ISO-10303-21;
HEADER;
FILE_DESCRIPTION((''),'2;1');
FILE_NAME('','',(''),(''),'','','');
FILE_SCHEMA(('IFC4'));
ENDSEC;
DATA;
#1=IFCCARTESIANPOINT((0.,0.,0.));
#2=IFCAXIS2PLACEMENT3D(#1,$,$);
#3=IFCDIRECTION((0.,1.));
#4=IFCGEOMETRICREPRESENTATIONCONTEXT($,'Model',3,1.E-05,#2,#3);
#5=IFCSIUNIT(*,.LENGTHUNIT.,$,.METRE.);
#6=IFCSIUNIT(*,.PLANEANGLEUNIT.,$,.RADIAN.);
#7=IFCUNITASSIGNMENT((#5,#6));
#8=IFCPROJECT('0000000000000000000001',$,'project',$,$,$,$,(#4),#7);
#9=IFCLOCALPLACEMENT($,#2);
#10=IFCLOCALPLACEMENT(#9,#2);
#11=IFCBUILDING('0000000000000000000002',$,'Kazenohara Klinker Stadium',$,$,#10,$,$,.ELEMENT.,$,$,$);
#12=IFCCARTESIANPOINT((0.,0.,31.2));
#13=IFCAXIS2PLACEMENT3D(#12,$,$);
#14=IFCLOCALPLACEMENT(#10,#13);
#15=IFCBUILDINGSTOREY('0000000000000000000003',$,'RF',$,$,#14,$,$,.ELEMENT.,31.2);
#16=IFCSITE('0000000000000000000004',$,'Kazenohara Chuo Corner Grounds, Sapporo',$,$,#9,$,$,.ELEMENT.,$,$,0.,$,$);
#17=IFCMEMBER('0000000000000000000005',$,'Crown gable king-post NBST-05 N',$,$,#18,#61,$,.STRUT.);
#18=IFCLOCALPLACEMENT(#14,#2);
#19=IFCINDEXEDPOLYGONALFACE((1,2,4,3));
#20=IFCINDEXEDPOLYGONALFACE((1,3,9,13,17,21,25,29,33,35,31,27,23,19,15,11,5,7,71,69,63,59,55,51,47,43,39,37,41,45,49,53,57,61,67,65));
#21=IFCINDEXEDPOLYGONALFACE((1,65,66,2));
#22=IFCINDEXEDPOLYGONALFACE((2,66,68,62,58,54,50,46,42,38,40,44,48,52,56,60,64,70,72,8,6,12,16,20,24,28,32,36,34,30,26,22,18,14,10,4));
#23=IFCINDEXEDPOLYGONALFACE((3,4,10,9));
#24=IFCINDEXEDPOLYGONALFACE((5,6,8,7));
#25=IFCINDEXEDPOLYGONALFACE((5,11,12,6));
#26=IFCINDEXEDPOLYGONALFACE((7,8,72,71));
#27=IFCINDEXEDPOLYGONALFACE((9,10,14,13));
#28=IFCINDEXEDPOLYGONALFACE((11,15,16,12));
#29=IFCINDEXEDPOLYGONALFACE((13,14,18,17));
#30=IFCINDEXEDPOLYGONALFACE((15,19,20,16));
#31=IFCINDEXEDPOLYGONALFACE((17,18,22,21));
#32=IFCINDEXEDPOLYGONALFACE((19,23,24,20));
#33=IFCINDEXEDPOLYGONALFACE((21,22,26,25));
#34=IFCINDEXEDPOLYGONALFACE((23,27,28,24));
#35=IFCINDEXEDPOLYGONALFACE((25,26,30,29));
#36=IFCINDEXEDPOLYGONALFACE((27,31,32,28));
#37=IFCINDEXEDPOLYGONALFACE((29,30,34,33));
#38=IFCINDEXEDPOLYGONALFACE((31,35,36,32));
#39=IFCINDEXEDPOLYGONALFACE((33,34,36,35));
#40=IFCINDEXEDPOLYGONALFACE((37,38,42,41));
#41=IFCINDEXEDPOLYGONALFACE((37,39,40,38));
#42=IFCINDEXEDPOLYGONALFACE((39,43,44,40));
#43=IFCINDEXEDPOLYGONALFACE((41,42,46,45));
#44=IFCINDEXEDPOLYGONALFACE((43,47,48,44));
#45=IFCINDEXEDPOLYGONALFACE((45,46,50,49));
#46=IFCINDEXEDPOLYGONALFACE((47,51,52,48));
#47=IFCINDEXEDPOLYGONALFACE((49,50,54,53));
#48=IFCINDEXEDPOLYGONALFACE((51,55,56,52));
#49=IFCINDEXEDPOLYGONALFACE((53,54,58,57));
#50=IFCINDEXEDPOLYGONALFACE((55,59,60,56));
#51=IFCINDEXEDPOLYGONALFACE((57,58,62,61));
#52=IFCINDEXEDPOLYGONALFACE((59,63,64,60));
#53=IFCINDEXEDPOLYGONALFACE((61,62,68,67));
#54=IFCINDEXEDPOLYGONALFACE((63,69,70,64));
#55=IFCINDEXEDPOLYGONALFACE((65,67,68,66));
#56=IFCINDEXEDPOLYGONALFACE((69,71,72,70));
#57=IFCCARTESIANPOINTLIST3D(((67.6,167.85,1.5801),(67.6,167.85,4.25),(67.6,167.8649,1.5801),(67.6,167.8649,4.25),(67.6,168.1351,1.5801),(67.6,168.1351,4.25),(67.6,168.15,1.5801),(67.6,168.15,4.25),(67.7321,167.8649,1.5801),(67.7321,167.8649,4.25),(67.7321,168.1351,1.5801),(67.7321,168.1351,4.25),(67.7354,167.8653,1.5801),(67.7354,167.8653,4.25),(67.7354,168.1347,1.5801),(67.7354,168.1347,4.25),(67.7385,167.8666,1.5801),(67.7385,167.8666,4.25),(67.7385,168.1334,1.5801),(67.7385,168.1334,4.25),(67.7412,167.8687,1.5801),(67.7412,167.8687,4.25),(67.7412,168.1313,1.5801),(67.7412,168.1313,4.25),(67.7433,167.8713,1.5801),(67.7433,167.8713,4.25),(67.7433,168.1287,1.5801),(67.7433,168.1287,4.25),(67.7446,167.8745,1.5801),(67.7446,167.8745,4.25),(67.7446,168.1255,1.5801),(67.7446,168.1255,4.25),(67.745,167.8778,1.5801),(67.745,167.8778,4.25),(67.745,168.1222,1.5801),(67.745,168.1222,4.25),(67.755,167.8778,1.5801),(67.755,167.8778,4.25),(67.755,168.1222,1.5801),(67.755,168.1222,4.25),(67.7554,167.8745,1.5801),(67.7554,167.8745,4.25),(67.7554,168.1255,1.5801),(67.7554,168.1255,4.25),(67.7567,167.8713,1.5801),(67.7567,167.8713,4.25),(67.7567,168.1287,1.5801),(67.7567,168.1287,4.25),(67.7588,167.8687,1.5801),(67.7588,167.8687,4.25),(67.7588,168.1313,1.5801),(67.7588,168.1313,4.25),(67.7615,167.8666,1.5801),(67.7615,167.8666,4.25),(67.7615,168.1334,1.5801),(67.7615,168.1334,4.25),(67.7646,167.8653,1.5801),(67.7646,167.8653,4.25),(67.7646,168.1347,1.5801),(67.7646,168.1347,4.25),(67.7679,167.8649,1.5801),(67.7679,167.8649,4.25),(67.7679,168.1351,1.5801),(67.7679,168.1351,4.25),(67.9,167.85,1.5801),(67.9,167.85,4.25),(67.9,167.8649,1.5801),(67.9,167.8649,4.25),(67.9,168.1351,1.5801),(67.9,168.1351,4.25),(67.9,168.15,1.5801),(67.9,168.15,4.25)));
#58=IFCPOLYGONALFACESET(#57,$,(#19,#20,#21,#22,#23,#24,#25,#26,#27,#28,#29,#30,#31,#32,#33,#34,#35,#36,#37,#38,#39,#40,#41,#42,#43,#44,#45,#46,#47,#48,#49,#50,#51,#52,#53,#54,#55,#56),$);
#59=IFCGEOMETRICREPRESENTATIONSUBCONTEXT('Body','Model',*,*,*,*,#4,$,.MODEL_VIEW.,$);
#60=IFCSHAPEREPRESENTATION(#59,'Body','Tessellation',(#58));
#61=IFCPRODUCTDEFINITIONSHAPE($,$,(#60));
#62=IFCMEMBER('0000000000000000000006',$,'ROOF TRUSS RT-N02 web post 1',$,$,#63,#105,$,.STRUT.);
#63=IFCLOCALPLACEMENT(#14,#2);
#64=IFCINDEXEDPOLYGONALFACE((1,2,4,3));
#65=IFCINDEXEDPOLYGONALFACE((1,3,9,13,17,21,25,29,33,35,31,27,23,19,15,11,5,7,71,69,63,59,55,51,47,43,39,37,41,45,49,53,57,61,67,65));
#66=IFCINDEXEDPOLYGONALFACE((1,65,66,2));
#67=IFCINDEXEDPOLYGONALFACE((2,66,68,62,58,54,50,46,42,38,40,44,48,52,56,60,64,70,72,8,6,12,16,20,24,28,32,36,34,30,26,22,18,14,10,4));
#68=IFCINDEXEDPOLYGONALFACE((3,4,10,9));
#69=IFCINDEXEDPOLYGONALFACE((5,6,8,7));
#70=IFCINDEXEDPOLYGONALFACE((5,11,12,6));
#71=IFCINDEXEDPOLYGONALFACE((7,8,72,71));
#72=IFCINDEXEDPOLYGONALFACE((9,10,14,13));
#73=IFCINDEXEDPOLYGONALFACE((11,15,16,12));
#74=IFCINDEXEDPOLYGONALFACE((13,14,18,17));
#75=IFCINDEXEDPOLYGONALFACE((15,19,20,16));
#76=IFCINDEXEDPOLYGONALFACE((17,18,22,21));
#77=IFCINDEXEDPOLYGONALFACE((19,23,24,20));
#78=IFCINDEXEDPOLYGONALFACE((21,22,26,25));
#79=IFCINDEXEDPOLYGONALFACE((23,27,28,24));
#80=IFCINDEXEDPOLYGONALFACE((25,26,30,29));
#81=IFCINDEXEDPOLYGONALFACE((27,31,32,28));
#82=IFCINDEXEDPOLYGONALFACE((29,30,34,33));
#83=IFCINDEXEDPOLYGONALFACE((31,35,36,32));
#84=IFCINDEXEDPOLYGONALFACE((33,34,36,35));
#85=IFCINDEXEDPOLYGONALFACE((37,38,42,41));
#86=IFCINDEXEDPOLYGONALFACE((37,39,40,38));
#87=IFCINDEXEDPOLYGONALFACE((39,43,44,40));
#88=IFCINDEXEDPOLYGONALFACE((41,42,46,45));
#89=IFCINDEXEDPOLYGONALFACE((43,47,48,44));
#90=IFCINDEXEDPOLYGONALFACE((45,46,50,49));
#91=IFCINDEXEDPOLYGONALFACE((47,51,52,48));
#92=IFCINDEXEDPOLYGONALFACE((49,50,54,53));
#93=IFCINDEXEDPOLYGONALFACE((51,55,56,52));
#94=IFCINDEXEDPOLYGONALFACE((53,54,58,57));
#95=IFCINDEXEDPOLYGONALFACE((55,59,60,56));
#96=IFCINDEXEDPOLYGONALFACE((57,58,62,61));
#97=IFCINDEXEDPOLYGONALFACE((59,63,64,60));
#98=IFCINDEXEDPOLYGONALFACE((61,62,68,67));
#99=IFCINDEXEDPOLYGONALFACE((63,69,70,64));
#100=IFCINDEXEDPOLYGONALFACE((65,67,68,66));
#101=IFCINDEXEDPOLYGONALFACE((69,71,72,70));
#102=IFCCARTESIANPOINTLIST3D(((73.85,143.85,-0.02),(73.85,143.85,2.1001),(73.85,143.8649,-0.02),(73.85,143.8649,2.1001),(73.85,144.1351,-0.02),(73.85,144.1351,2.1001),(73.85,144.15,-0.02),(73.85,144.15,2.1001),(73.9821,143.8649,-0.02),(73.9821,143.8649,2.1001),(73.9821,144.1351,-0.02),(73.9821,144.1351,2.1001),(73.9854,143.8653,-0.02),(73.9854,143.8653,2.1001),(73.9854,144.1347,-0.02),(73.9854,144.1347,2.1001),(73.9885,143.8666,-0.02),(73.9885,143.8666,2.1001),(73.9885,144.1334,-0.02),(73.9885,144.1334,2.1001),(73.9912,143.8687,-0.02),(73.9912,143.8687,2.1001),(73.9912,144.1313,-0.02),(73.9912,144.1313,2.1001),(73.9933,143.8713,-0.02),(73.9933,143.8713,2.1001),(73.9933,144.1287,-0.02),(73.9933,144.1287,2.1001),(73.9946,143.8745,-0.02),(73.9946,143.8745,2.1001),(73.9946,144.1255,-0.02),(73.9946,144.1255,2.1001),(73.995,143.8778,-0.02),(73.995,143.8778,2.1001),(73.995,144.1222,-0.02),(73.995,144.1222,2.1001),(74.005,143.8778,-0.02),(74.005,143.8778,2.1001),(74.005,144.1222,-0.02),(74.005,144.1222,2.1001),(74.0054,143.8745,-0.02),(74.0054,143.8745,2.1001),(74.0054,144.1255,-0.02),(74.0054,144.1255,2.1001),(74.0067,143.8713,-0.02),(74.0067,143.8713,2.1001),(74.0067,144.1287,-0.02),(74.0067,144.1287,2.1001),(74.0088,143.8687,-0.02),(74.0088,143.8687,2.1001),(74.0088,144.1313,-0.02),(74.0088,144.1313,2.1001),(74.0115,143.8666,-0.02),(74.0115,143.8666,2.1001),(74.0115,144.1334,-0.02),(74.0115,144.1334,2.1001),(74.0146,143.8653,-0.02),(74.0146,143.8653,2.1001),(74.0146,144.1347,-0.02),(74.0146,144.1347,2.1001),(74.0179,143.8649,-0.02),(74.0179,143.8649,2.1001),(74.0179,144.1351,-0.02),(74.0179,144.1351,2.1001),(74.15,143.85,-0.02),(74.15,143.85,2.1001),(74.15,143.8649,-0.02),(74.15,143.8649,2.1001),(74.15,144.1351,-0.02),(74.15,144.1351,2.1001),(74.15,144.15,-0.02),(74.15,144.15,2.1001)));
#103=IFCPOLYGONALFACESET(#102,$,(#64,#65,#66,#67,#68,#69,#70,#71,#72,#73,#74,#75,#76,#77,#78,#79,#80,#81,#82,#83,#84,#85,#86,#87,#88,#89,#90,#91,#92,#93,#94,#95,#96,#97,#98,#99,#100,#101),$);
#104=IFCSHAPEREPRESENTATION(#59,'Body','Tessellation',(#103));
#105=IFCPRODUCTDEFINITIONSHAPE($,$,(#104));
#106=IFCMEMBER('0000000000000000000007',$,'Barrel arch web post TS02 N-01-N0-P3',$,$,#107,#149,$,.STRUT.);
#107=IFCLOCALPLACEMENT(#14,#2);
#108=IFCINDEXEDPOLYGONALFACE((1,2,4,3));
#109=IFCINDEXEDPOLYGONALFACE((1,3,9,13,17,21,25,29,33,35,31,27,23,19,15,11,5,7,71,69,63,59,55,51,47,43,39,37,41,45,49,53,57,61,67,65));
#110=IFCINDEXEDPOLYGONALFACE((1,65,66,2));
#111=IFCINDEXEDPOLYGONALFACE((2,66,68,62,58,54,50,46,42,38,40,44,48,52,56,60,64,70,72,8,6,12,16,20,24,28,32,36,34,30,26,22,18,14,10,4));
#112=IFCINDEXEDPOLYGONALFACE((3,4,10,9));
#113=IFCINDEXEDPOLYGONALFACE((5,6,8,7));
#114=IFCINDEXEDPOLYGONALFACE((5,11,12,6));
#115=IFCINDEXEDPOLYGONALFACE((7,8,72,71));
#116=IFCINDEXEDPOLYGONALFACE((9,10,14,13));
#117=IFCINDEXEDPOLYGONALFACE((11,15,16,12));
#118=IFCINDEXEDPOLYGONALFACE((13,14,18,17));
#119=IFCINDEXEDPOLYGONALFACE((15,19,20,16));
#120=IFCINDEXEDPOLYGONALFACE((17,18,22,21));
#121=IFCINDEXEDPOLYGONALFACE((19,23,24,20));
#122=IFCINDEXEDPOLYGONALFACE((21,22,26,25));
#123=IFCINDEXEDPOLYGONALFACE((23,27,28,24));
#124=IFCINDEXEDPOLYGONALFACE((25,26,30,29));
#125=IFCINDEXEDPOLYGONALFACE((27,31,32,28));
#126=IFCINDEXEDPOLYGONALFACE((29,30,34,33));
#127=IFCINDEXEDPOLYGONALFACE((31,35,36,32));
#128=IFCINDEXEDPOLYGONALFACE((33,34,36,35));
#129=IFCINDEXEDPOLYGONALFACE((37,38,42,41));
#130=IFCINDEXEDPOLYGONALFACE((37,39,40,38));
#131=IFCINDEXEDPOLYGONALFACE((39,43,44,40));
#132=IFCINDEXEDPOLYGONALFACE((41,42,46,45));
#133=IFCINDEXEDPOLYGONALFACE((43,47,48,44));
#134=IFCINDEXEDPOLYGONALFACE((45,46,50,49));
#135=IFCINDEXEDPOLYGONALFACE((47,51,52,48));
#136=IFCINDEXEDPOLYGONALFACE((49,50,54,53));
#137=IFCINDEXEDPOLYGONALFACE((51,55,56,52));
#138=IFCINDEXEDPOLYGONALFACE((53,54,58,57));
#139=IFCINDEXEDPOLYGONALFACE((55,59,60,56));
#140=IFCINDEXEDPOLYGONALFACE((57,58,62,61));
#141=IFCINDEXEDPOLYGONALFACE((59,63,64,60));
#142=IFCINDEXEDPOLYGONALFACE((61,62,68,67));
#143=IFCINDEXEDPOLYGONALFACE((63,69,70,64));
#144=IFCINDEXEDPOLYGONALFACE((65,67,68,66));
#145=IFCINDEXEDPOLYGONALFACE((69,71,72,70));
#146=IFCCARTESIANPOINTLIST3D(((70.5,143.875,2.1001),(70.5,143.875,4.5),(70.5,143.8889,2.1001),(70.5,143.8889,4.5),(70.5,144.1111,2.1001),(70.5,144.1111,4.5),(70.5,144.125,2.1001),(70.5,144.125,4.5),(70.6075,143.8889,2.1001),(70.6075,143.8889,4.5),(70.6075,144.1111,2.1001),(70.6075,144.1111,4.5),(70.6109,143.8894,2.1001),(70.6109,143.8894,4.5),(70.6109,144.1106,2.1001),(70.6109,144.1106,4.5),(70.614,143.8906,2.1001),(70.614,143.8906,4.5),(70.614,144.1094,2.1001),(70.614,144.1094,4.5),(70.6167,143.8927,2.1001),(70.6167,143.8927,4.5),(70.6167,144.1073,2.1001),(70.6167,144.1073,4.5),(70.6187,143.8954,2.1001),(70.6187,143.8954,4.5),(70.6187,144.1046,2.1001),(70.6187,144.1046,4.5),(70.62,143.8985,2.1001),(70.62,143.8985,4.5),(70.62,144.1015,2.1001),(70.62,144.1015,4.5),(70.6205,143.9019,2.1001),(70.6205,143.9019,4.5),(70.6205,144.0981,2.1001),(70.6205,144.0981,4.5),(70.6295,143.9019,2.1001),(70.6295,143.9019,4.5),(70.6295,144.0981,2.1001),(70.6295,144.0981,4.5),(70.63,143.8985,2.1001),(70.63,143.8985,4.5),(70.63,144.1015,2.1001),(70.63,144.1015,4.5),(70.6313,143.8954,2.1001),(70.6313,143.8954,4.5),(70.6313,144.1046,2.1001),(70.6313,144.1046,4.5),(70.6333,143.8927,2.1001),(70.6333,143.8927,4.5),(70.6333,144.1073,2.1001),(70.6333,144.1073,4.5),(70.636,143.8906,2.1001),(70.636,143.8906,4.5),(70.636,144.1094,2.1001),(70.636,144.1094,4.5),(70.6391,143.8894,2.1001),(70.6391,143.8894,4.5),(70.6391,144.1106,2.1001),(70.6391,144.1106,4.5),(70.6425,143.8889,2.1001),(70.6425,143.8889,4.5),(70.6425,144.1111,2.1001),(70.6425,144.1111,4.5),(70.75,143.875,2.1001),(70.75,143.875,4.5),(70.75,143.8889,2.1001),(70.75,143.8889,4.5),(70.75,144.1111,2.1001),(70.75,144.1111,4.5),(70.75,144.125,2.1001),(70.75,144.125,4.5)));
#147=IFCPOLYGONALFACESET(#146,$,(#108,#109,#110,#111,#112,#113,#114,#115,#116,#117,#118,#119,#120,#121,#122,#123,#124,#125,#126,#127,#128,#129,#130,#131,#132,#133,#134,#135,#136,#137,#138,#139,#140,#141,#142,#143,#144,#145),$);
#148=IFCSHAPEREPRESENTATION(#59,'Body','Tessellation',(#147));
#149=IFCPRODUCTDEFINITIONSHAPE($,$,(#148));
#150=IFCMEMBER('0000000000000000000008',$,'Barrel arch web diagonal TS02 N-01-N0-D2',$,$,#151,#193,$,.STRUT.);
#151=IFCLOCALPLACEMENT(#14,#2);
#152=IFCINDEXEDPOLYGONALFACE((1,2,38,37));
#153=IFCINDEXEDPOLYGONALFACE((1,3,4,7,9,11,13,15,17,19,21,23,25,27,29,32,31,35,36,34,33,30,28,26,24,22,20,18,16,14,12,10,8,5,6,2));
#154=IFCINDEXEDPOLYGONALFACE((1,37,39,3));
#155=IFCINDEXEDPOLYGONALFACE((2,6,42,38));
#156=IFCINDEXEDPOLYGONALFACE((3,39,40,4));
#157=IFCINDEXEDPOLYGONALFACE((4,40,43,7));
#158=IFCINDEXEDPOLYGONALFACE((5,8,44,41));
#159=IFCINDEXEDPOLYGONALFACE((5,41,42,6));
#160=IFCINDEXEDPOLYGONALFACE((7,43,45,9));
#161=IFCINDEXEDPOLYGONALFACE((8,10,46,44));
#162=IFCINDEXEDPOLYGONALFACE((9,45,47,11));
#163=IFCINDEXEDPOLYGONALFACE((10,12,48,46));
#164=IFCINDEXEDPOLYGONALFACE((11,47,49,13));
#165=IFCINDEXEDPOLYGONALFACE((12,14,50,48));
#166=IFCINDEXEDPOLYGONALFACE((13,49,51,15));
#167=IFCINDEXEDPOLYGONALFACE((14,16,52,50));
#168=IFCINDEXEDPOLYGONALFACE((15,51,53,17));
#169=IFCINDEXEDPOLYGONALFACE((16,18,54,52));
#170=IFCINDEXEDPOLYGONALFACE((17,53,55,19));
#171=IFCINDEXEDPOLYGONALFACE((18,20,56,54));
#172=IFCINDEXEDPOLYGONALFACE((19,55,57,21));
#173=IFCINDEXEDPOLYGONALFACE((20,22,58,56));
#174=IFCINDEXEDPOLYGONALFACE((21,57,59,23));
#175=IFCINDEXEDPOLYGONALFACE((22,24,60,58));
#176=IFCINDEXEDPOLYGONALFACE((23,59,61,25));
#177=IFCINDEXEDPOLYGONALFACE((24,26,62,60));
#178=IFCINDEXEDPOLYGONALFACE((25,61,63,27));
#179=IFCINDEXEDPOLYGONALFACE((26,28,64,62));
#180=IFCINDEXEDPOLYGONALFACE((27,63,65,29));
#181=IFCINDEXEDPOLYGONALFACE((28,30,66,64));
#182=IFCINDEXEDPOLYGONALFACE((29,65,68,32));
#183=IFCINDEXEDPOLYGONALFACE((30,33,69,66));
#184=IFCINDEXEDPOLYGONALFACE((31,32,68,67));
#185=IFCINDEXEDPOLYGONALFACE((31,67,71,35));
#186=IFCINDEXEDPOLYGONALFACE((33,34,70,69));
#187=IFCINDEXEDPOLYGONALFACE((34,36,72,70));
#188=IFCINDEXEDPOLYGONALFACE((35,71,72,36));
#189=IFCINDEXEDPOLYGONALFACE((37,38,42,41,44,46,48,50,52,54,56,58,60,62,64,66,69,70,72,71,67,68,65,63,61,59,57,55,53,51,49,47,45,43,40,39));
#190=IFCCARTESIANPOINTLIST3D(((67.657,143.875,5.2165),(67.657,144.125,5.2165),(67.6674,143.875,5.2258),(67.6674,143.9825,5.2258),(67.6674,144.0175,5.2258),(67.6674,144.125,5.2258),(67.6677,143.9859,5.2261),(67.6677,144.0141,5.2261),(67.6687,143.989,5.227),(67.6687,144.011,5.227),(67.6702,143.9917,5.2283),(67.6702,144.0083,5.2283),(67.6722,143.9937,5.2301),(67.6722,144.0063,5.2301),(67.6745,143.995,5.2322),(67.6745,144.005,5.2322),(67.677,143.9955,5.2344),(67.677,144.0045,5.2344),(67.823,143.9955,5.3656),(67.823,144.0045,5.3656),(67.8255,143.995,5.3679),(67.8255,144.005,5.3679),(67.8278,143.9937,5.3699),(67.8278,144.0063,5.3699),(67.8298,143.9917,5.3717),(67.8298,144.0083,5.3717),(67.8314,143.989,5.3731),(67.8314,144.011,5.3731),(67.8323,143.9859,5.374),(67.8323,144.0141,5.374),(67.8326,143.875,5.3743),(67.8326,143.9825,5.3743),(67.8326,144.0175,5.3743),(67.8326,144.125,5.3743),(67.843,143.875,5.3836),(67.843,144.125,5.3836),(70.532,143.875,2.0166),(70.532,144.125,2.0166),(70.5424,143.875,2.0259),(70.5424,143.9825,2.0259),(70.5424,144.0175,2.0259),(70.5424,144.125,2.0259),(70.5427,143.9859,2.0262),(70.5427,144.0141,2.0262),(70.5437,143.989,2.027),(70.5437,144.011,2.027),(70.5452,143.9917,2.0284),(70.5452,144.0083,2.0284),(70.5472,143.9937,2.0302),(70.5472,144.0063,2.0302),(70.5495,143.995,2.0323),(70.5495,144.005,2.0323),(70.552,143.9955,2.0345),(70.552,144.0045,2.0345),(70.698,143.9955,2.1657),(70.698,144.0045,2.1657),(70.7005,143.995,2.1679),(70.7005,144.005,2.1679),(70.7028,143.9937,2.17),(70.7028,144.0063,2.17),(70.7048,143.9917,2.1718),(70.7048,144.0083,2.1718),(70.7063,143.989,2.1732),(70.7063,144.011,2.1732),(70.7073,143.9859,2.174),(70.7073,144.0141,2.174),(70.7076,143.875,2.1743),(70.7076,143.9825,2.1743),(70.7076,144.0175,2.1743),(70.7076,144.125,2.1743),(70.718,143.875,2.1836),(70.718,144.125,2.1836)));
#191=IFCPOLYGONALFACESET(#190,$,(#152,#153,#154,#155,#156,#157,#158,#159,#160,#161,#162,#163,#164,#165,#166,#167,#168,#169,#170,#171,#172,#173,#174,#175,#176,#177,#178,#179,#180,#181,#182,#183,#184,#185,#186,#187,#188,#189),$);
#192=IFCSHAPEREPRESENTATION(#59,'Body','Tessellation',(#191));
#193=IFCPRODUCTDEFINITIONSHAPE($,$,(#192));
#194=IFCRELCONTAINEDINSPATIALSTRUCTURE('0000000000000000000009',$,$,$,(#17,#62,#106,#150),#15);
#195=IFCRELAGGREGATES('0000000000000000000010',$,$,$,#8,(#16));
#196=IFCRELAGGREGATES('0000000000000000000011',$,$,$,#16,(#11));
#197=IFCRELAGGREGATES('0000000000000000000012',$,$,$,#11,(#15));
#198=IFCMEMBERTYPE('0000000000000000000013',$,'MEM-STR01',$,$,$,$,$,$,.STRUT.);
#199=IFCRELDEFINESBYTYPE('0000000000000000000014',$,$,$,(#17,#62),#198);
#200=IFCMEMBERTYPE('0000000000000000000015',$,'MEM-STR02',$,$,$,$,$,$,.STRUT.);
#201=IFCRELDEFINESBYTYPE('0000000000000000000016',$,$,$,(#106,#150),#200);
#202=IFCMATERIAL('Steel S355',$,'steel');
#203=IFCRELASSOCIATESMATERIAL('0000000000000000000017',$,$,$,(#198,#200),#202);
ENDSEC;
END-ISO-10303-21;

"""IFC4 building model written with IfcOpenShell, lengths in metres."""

from ifc_helpers import new_model, si_unit, direction, frame, origin, origin_2d, place, context, subcontext, project, spatial, i_section, extrude, material, material_profile, profile_set, type_object, element, save


model = new_model("IFC4")

# Units and contexts
model_context = context("Model", 3, precision=1e-05, world=origin(), true_north=direction((0.0, 1.0)))
body_context = subcontext(model_context, "Body", "Model", "MODEL_VIEW")
ifc_project = project(units=[si_unit("LENGTHUNIT", "METRE"), si_unit("PLANEANGLEUNIT", "RADIAN")], contexts=[model_context])

# Site, building, storey
site_placement = place(None, origin())
site = spatial("IfcSite", under=ifc_project, at=site_placement, Name="Kazenohara Chuo Corner Grounds, Sapporo", CompositionType="ELEMENT", RefElevation=0.0)
building_placement = place(site_placement, origin())
building = spatial("IfcBuilding", under=site, at=building_placement, Name="Kazenohara Klinker Stadium", CompositionType="ELEMENT")
storey_placement = place(building_placement, frame((0.0, 0.0, 31.2)))
storey = spatial("IfcBuildingStorey", under=building, at=storey_placement, Name="RF", CompositionType="ELEMENT", Elevation=31.2)

# Members
ifc_material_1 = material(Name="Steel S355", Category="steel")
ifc_material_profile_1 = material_profile(ifc_material_1, i_section(OverallWidth=0.3, OverallDepth=0.3, WebThickness=0.01, FlangeThickness=0.0149, FilletRadius=0.0129, at=origin_2d()), Name="H-300x300x10x15")
ifc_profile_set_1 = profile_set([ifc_material_profile_1], Name="Steel S355")
member_type_1 = type_object("IfcMemberType", Name="MEM-STR01", PredefinedType="STRUT", material=ifc_profile_set_1)
for number, where, z_axis, x_axis, name in (
    (1, (67.75, 168.0, 1.5801), (0.0, 0.0, 1.0), (1.0, 0.0, 0.0), "Crown gable king-post NBST-05 N"),
):
    element("IfcMember", number, at=place(storey_placement, frame(where, z_axis=z_axis, x_axis=x_axis)), inside=storey, type_object=member_type_1, Name=name, PredefinedType="STRUT", context=body_context, shape_type="SweptSolid", body=[
        extrude(i_section(OverallWidth=0.3, OverallDepth=0.3, WebThickness=0.01, FlangeThickness=0.0149, FilletRadius=0.0129, at=origin_2d()), origin(), (0.0, 0.0, 1.0), 2.6699),
    ])
member_1_placement = place(storey_placement, frame((74.0, 144.0, -0.02), z_axis=(0.0, 0.0, 1.0), x_axis=(1.0, 0.0, 0.0)))
element("IfcMember", 2, at=member_1_placement, inside=storey, type_object=member_type_1, Name="ROOF TRUSS RT-N02 web post 1", PredefinedType="STRUT", context=body_context, shape_type="SweptSolid", body=[
    extrude(i_section(OverallWidth=0.3, OverallDepth=0.3, WebThickness=0.01, FlangeThickness=0.0149, FilletRadius=0.0129, at=origin_2d()), origin(), (0.0, 0.0, 1.0), 2.1201),
])
ifc_material_profile_2 = material_profile(ifc_material_1, i_section(OverallWidth=0.25, OverallDepth=0.25, WebThickness=0.009, FlangeThickness=0.0139, FilletRadius=0.0129, at=origin_2d()), Name="H-250x250x9x14")
ifc_profile_set_2 = profile_set([ifc_material_profile_2], Name="Steel S355")
member_type_2 = type_object("IfcMemberType", Name="MEM-STR02", PredefinedType="STRUT", material=ifc_profile_set_2)
member_2_placement = place(storey_placement, frame((70.625, 144.0, 2.1001), z_axis=(0.0, 0.0, 1.0), x_axis=(1.0, 0.0, 0.0)))
element("IfcMember", 3, at=member_2_placement, inside=storey, type_object=member_type_2, Name="Barrel arch web post TS02 N-01-N0-P3", PredefinedType="STRUT", context=body_context, shape_type="SweptSolid", body=[
    extrude(i_section(OverallWidth=0.25, OverallDepth=0.25, WebThickness=0.009, FlangeThickness=0.0139, FilletRadius=0.0129, at=origin_2d()), origin(), (0.0, 0.0, 1.0), 2.3999),
])
member_3_placement = place(storey_placement, frame((70.625, 144.0, 2.1001), z_axis=(-0.668328, 0.0, 0.743867), x_axis=(0.0, -1.0, 0.0)))
element("IfcMember", 4, at=member_3_placement, inside=storey, type_object=member_type_2, Name="Barrel arch web diagonal TS02 N-01-N0-D2", PredefinedType="STRUT", context=body_context, shape_type="SweptSolid", body=[
    extrude(i_section(OverallWidth=0.25, OverallDepth=0.25, WebThickness=0.009, FlangeThickness=0.0139, FilletRadius=0.0129, at=origin_2d()), origin(), (0.0, 0.0, 1.0), 4.3018),
])

save(model, "model.ifc")
